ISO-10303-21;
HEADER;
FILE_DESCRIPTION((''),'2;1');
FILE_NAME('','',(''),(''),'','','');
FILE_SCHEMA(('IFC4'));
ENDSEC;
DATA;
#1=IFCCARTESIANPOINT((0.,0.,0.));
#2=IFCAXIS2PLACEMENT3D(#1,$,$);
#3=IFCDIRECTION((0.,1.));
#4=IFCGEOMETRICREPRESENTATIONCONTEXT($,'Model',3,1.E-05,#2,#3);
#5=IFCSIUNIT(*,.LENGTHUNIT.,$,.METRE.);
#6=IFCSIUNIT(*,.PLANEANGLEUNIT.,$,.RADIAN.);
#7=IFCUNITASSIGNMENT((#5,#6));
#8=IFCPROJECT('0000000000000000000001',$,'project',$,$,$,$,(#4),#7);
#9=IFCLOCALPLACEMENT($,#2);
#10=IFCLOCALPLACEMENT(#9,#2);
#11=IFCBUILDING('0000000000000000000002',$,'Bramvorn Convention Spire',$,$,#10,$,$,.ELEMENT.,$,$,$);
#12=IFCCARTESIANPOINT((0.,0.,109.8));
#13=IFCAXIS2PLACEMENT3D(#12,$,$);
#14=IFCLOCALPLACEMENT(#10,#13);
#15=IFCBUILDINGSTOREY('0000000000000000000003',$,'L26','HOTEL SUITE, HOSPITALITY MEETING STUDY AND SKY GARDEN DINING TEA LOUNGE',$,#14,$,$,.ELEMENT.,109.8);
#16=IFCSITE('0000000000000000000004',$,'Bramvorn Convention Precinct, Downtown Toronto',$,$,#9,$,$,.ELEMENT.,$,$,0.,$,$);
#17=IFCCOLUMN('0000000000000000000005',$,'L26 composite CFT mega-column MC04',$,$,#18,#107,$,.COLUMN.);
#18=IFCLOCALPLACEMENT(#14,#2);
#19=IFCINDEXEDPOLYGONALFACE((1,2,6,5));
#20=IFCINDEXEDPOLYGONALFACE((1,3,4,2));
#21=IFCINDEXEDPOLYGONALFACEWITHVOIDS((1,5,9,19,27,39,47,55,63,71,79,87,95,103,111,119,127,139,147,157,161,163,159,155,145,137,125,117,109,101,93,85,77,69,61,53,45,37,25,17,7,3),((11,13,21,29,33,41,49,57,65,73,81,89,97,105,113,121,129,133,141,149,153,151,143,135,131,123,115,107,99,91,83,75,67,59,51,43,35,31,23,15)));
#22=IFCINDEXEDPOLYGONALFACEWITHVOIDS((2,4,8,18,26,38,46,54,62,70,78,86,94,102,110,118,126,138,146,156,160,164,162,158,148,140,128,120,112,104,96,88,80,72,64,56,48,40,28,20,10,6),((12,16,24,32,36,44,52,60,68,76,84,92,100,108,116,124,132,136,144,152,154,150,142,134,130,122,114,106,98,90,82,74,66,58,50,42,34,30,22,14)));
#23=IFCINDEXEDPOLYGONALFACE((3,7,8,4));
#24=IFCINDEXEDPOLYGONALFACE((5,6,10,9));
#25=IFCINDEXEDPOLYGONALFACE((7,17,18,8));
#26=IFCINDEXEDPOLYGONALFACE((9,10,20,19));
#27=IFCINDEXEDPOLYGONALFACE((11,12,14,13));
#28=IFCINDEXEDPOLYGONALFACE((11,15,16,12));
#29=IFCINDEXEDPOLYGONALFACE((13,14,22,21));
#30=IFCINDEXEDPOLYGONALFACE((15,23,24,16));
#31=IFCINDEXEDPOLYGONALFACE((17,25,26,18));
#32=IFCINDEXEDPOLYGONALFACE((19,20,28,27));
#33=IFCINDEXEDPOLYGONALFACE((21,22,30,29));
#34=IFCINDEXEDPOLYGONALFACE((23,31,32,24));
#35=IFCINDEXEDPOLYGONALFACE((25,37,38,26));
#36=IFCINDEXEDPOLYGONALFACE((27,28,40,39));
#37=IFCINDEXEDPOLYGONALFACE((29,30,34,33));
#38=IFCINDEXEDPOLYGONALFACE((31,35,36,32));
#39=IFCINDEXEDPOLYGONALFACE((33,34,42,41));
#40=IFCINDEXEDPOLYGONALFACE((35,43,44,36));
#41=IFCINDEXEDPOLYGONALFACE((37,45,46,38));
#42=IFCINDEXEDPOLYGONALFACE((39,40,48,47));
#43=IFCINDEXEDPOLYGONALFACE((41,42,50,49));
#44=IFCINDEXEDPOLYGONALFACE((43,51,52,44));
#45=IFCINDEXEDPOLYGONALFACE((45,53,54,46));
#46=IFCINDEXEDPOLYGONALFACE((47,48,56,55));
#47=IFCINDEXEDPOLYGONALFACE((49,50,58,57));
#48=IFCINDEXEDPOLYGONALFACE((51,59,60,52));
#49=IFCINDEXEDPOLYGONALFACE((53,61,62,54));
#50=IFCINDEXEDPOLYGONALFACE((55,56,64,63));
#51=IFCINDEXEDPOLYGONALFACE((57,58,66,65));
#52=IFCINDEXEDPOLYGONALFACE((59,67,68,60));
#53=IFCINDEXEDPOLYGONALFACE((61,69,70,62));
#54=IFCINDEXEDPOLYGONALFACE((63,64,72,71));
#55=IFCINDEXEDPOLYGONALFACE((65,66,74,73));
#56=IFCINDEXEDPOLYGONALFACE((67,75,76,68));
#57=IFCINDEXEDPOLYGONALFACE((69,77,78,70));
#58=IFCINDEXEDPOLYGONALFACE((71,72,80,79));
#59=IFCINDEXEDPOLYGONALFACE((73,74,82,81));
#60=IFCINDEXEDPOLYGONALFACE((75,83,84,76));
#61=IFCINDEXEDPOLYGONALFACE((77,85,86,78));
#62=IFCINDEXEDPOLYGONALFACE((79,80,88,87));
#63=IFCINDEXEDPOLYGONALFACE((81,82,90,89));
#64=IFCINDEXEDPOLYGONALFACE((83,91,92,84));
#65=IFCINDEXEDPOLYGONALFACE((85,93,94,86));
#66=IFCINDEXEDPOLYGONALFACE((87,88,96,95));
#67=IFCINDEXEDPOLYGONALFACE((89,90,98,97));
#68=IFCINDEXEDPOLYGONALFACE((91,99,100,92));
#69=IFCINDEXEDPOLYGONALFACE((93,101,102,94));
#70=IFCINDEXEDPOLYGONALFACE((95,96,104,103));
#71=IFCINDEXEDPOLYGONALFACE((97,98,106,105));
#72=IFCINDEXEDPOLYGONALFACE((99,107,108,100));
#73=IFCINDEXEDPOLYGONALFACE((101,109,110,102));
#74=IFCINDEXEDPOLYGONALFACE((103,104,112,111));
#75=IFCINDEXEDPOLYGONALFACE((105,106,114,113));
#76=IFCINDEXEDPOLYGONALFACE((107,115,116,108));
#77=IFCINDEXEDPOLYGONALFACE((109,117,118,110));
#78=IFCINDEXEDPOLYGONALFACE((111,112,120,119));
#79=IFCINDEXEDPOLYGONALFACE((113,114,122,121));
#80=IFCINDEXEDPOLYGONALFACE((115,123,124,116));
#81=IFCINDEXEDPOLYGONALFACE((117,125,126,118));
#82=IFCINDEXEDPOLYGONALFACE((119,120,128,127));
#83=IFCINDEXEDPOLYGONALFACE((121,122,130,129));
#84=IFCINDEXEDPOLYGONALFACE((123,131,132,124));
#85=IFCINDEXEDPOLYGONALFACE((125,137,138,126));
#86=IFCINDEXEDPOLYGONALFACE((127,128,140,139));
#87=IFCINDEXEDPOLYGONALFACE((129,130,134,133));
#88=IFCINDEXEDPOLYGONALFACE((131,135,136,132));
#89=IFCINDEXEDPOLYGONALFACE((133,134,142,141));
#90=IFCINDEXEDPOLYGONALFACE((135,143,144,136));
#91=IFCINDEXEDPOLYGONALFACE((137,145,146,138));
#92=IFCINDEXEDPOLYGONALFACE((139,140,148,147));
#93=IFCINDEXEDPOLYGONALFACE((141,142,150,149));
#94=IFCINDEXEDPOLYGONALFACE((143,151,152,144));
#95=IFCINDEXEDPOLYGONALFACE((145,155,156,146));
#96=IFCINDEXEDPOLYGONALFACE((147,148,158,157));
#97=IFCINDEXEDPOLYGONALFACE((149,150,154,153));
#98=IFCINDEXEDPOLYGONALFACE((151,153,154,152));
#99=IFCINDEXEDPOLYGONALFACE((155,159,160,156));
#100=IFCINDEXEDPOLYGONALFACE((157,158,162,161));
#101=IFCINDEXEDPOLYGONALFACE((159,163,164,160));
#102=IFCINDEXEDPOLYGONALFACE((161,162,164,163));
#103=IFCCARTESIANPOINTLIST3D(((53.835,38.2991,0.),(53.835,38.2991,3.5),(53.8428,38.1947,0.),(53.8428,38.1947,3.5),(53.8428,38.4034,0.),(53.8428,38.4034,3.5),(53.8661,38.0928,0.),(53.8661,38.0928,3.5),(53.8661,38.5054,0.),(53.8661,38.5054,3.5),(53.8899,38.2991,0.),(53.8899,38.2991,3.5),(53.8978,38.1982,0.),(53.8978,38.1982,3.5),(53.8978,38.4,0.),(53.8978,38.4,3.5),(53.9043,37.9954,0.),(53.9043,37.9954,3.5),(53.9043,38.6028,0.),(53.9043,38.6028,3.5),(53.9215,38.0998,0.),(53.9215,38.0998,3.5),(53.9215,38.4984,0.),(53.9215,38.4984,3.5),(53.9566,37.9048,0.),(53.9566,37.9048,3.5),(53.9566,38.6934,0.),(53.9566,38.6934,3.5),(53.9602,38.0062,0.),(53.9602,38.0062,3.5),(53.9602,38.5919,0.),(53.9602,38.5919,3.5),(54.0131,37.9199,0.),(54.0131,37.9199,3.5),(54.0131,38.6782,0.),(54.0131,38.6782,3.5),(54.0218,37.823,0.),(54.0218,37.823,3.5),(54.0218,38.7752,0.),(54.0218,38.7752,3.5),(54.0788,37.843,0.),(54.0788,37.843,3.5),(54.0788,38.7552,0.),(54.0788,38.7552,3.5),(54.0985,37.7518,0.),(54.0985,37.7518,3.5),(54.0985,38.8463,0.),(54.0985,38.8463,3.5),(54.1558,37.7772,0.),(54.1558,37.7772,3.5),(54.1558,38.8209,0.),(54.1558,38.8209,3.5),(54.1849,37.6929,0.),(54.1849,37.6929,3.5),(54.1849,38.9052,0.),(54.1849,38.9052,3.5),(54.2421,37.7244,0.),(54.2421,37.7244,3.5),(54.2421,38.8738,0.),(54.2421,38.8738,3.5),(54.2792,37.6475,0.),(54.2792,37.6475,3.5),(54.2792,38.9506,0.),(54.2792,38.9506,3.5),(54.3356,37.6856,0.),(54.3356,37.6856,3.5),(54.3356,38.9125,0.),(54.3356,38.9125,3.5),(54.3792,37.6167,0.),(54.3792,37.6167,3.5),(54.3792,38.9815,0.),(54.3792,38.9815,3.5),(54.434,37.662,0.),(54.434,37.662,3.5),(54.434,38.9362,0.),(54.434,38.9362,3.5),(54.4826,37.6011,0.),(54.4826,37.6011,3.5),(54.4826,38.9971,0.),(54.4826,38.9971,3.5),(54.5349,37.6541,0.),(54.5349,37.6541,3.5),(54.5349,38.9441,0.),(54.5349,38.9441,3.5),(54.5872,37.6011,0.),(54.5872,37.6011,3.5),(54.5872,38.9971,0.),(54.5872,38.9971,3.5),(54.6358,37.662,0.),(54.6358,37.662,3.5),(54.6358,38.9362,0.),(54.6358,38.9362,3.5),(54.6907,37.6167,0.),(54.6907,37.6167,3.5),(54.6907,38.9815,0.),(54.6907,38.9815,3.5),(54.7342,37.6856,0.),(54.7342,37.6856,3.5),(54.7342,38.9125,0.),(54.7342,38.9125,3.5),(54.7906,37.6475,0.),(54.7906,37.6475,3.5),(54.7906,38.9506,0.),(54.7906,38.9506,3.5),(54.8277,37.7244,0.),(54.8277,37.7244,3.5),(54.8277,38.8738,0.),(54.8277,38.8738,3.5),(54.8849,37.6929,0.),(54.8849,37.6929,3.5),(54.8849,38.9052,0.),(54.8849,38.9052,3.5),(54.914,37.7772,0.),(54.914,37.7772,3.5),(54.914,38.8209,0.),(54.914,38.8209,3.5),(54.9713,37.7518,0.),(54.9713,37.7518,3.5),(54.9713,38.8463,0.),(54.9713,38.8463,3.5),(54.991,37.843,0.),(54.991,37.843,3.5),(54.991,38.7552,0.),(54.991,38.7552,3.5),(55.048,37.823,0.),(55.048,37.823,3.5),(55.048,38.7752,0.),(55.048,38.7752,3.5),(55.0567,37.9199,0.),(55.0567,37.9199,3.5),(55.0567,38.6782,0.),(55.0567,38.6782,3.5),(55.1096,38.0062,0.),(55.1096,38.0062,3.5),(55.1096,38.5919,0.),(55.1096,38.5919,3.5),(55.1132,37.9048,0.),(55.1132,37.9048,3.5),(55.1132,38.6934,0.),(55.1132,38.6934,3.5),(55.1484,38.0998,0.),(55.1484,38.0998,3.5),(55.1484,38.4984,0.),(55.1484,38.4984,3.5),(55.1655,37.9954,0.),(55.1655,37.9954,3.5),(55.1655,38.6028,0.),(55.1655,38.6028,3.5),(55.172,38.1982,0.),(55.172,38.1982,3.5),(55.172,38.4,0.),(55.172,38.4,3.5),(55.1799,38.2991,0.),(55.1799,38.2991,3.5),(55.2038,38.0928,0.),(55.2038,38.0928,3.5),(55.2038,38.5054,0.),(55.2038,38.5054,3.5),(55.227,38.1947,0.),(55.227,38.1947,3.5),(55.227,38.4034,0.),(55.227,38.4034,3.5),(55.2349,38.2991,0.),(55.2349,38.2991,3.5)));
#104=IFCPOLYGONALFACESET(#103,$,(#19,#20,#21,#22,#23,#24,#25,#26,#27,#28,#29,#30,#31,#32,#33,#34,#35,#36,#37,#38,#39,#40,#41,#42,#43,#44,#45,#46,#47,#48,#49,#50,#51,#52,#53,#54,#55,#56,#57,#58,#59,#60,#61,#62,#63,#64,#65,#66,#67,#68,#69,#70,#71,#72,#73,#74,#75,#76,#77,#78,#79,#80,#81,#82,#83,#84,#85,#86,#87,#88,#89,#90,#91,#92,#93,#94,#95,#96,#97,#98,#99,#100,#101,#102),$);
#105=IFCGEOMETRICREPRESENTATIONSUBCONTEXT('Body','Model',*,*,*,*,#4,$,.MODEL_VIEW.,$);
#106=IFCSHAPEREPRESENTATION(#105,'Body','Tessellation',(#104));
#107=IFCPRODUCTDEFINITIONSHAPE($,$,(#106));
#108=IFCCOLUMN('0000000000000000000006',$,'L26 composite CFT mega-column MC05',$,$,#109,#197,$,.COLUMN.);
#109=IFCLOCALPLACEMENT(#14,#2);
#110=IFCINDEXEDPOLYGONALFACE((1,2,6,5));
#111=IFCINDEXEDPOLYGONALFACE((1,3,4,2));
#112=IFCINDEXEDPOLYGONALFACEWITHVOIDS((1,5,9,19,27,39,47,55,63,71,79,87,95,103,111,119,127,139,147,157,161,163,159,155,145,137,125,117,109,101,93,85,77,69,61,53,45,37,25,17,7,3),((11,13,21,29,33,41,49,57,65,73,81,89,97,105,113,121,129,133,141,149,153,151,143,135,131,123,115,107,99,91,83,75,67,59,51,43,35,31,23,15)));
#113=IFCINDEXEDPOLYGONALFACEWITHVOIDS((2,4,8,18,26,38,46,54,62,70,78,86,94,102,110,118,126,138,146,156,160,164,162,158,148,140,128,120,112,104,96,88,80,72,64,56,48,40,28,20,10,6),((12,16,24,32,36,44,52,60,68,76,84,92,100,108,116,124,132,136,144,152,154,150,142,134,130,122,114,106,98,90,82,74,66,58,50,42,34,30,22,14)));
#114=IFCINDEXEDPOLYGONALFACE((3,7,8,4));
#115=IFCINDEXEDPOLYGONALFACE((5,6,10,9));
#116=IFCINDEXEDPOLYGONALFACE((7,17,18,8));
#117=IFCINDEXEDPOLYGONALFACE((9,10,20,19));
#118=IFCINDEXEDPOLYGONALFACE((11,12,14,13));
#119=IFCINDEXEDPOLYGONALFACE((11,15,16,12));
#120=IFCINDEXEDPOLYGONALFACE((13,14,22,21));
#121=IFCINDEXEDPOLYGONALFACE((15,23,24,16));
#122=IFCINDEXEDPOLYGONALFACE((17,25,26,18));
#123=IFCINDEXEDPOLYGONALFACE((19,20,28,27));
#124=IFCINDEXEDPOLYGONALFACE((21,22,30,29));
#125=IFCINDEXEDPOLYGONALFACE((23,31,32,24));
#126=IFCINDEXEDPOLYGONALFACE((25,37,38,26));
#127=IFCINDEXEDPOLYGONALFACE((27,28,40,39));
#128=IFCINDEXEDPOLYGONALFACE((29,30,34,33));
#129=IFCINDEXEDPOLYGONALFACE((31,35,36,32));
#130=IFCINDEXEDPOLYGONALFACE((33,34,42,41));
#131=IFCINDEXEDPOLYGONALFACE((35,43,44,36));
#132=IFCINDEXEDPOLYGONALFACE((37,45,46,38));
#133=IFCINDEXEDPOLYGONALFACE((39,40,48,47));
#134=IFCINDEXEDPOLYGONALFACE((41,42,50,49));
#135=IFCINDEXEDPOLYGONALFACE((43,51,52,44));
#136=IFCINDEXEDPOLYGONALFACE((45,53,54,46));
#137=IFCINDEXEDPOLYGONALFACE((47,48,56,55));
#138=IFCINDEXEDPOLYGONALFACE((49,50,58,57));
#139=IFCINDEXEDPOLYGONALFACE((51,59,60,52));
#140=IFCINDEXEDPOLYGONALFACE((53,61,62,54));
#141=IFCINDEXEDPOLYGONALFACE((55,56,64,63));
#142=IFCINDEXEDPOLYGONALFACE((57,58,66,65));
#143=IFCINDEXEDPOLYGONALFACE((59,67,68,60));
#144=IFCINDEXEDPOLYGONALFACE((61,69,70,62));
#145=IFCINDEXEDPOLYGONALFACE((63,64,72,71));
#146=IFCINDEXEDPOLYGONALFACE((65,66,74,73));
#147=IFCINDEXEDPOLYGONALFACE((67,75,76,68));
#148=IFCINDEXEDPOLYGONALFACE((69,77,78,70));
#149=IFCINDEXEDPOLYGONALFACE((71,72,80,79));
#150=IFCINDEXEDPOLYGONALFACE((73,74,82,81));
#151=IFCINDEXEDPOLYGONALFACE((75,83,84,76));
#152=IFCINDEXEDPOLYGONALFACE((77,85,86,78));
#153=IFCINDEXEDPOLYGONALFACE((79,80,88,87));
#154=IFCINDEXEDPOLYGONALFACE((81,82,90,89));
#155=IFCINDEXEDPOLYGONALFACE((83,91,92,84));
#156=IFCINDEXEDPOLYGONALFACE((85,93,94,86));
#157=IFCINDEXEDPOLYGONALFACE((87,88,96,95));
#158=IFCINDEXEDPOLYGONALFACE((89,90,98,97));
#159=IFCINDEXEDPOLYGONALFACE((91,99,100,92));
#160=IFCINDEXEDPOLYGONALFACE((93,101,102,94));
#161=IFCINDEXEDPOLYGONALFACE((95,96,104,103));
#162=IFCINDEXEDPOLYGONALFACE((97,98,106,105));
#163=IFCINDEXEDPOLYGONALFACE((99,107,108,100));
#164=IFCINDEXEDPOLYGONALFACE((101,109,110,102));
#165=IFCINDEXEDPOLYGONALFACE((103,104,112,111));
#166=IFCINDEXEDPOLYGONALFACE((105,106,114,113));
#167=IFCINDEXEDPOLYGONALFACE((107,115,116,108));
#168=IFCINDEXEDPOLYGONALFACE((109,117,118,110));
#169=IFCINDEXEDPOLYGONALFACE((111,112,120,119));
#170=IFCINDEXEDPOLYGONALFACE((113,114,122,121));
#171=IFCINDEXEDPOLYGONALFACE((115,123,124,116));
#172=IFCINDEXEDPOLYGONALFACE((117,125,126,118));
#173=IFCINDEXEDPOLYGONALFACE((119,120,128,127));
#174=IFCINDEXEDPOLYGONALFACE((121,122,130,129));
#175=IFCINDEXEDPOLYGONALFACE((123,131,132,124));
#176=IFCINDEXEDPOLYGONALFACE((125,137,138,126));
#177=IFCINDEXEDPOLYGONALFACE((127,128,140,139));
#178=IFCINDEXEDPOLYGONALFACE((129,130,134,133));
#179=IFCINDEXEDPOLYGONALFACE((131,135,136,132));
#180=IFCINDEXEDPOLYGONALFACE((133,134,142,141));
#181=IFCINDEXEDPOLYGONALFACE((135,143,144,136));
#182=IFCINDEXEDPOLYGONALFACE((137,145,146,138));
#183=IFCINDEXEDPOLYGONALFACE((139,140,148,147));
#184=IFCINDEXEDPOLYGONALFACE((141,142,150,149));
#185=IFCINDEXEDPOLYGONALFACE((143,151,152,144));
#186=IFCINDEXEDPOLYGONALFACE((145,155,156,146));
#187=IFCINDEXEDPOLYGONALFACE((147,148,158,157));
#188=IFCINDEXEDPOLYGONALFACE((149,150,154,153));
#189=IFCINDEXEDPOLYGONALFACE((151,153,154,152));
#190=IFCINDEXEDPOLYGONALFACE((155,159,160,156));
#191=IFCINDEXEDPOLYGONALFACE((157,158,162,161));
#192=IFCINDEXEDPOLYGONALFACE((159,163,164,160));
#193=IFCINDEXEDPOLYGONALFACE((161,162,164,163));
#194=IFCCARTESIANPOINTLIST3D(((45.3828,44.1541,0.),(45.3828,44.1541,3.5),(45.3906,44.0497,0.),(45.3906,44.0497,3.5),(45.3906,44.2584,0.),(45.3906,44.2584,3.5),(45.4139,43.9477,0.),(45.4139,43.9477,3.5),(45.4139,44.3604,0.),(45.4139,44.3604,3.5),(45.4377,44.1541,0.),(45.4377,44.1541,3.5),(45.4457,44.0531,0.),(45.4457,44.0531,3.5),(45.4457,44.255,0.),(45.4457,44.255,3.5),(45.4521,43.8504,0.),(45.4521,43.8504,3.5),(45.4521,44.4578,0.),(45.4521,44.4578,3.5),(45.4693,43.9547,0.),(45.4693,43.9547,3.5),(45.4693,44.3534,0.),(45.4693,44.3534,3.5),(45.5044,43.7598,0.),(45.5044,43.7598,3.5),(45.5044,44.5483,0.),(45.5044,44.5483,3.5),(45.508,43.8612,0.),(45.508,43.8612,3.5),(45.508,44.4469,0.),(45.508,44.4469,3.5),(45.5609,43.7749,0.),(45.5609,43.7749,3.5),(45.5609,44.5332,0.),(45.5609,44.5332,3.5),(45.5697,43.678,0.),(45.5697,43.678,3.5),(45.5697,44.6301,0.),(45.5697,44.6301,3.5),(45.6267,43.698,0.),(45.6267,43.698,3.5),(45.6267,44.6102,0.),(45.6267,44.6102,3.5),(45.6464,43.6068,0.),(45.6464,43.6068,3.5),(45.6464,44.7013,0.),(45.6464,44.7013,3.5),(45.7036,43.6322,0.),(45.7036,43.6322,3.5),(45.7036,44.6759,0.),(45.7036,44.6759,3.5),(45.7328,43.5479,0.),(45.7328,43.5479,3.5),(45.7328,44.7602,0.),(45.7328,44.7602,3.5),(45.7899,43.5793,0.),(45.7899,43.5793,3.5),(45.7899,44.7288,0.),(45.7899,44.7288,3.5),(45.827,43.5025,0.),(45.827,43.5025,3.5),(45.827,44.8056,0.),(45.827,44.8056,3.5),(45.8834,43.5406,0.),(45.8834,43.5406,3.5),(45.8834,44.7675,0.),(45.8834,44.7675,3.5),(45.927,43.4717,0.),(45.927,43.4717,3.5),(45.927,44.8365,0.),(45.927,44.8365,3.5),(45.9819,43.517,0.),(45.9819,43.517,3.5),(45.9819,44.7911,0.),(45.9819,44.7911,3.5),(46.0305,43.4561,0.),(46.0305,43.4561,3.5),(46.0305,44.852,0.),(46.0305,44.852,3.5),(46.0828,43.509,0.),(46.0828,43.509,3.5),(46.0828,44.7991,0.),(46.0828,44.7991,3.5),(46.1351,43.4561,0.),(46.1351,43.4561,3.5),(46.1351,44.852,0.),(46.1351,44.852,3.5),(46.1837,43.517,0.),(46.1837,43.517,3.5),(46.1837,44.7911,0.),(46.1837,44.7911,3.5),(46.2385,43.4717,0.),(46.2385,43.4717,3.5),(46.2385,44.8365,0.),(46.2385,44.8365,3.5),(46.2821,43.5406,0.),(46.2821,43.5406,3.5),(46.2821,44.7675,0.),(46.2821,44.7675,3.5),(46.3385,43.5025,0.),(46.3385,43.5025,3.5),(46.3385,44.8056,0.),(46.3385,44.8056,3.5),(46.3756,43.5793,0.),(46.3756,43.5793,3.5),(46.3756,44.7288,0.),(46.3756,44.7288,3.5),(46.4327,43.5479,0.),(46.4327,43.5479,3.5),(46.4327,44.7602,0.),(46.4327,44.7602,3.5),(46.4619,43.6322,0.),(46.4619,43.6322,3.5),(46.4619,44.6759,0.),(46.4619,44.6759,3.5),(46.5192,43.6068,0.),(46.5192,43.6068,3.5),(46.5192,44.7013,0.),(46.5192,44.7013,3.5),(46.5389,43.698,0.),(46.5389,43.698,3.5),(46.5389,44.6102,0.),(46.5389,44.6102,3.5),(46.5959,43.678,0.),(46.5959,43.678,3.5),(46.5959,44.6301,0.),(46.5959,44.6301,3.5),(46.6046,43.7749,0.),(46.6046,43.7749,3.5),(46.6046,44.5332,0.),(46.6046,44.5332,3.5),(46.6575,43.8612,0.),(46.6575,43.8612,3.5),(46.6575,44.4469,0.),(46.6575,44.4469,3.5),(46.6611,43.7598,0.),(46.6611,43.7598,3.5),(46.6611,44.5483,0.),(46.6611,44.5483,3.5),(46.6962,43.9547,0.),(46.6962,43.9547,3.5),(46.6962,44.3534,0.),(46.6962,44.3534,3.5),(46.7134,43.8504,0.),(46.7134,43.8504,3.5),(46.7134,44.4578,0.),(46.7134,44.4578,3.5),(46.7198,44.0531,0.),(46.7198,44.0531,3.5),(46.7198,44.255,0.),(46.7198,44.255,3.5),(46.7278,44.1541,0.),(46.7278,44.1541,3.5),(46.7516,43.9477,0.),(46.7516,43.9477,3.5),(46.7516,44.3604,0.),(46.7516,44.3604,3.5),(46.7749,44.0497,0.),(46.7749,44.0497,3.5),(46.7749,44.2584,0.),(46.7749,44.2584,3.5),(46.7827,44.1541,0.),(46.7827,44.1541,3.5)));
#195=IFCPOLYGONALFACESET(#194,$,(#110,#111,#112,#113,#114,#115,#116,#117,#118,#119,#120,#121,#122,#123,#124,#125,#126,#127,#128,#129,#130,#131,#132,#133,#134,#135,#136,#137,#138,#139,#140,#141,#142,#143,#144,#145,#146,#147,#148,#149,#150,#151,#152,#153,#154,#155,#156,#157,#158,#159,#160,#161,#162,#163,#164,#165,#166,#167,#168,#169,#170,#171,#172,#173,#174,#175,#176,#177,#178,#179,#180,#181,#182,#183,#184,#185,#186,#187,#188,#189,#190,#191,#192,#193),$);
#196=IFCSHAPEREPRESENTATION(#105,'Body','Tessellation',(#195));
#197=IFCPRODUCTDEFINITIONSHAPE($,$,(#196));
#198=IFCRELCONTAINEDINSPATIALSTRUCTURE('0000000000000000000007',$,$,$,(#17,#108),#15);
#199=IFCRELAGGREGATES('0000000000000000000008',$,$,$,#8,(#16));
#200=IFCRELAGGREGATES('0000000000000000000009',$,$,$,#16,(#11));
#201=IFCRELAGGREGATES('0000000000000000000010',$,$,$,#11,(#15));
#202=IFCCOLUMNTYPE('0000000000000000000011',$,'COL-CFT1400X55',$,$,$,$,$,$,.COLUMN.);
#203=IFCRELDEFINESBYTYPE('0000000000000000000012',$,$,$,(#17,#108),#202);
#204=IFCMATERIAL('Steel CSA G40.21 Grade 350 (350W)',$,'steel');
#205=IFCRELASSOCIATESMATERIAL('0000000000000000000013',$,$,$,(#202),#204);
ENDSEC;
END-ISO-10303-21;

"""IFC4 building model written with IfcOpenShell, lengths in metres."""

from ifc_helpers import new_model, si_unit, direction, frame, origin, origin_2d, place, context, subcontext, project, spatial, hollow_circle, extrude, material, material_profile, profile_set, type_object, element, save


model = new_model("IFC4")

# Units and contexts
model_context = context("Model", 3, precision=1e-05, world=origin(), true_north=direction((0.0, 1.0)))
body_context = subcontext(model_context, "Body", "Model", "MODEL_VIEW")
ifc_project = project(units=[si_unit("LENGTHUNIT", "METRE"), si_unit("PLANEANGLEUNIT", "RADIAN")], contexts=[model_context])

# Site, building, storey
site_placement = place(None, origin())
site = spatial("IfcSite", under=ifc_project, at=site_placement, Name="Bramvorn Convention Precinct, Downtown Toronto", CompositionType="ELEMENT", RefElevation=0.0)
building_placement = place(site_placement, origin())
building = spatial("IfcBuilding", under=site, at=building_placement, Name="Bramvorn Convention Spire", CompositionType="ELEMENT")
storey_placement = place(building_placement, frame((0.0, 0.0, 109.8)))
storey = spatial("IfcBuildingStorey", under=building, at=storey_placement, Name="L26", Description="HOTEL SUITE, HOSPITALITY MEETING STUDY AND SKY GARDEN DINING TEA LOUNGE", CompositionType="ELEMENT", Elevation=109.8)

# Columns
ifc_material_1 = material(Name="Steel CSA G40.21 Grade 350 (350W)", Category="steel")
ifc_material_profile_1 = material_profile(ifc_material_1, hollow_circle(Radius=0.7, WallThickness=0.0549, at=origin_2d()))
ifc_profile_set_1 = profile_set([ifc_material_profile_1], Name="Steel CSA G40.21 Grade 350 (350W) - CFT1400X55")
column_type = type_object("IfcColumnType", Name="COL-CFT1400X55", PredefinedType="COLUMN", material=ifc_profile_set_1)
for number, where, z_axis, x_axis, name in (
    (1, (54.5349, 38.2991, 0.0), (0.0, 0.0, 1.0), (1.0, 0.0, 0.0), "L26 composite CFT mega-column MC04"),
    (2, (46.0828, 44.1541, 0.0), (0.0, 0.0, 1.0), (1.0, 0.0, 0.0), "L26 composite CFT mega-column MC05"),
):
    element("IfcColumn", number, at=place(storey_placement, frame(where, z_axis=z_axis, x_axis=x_axis)), inside=storey, type_object=column_type, Name=name, PredefinedType="COLUMN", context=body_context, shape_type="SweptSolid", body=[
        extrude(hollow_circle(Radius=0.7, WallThickness=0.0549, at=origin_2d()), origin(), (0.0, 0.0, 1.0), 3.5),
    ])

save(model, "model.ifc")
